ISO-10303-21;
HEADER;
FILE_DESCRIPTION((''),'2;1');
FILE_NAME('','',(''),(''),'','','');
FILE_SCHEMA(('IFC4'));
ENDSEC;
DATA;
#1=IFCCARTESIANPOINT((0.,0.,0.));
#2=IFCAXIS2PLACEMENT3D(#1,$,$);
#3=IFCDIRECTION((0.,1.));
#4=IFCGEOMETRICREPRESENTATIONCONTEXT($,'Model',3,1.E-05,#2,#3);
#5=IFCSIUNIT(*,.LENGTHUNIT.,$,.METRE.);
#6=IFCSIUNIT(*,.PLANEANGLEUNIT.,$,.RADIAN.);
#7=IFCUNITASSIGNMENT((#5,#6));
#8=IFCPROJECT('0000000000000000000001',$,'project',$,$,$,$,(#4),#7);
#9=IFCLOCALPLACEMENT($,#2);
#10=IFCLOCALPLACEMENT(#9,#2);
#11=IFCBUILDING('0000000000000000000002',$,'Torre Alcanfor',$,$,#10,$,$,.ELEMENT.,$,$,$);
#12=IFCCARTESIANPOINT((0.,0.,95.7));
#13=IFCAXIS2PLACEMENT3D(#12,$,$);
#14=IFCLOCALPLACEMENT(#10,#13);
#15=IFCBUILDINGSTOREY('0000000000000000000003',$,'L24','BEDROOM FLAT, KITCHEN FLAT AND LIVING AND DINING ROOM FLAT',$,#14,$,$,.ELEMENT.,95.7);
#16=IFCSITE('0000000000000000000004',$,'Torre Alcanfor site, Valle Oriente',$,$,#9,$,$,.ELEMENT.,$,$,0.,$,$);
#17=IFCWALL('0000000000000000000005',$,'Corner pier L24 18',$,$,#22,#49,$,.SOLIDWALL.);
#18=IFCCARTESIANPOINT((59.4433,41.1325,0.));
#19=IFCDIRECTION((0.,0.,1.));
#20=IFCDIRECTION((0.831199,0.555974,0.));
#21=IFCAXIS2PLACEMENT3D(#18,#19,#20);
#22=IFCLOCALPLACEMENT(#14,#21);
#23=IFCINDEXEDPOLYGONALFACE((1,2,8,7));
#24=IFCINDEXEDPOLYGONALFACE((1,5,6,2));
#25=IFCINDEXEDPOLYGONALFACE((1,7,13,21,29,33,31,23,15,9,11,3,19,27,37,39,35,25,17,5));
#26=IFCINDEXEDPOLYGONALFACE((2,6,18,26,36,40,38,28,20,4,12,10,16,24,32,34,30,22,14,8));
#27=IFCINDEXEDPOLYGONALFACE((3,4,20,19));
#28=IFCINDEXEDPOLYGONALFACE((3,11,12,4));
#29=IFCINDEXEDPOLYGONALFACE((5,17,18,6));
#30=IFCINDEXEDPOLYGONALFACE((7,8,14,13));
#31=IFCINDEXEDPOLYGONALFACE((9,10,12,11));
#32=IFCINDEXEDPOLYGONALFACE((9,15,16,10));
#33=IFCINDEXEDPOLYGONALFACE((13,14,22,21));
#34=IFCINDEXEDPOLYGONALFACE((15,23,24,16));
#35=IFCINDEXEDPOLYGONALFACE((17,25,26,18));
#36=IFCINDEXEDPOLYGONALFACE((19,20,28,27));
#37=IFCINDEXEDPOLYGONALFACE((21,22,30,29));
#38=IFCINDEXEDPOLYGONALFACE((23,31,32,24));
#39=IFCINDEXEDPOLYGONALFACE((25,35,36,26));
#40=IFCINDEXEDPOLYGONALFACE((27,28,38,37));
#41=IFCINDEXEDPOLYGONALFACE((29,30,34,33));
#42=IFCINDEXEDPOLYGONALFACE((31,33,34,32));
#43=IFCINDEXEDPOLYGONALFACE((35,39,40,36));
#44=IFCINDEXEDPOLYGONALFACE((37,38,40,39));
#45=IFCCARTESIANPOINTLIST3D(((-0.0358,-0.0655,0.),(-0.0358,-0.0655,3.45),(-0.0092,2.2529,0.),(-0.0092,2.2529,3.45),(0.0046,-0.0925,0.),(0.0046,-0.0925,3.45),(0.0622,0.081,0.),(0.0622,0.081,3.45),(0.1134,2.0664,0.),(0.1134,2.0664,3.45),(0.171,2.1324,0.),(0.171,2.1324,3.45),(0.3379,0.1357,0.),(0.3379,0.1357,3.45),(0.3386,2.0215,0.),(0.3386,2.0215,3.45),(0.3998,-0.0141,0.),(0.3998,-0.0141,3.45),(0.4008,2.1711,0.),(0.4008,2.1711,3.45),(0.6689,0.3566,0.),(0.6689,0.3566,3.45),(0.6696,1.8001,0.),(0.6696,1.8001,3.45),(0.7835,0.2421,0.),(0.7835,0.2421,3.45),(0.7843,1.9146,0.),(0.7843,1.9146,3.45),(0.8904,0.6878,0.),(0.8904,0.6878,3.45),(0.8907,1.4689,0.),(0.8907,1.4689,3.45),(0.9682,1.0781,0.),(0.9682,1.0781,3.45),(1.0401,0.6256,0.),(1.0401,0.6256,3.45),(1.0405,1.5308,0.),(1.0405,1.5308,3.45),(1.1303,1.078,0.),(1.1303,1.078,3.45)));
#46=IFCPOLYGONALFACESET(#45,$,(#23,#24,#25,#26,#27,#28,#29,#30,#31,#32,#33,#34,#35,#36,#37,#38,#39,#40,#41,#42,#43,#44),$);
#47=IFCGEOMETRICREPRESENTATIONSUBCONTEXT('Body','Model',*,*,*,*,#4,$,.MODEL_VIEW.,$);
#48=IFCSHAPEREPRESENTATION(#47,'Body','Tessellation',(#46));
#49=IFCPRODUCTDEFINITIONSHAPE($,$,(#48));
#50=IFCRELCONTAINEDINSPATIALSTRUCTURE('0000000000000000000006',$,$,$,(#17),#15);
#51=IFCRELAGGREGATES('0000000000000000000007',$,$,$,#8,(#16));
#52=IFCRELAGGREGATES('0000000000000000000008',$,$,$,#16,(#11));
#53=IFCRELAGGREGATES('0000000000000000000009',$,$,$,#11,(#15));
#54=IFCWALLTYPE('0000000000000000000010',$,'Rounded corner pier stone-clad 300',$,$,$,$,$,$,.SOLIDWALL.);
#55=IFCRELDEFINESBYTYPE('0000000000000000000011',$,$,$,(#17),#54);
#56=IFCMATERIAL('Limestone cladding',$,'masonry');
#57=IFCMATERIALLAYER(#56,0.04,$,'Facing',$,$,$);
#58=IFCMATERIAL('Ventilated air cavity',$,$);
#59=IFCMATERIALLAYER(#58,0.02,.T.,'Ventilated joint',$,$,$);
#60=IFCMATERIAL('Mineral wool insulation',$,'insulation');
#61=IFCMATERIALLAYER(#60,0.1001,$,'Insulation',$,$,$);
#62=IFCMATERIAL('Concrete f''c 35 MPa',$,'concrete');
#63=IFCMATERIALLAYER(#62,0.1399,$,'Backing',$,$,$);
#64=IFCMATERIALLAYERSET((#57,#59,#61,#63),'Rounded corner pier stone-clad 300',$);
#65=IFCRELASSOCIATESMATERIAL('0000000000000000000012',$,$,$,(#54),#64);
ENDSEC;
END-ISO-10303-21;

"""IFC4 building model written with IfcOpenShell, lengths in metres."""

from ifc_helpers import new_model, si_unit, direction, frame, origin, place, context, subcontext, project, spatial, polyline, outline, extrude, material, layer, layer_set, type_object, element, save


model = new_model("IFC4")

# Units and contexts
model_context = context("Model", 3, precision=1e-05, world=origin(), true_north=direction((0.0, 1.0)))
body_context = subcontext(model_context, "Body", "Model", "MODEL_VIEW")
ifc_project = project(units=[si_unit("LENGTHUNIT", "METRE"), si_unit("PLANEANGLEUNIT", "RADIAN")], contexts=[model_context])

# Site, building, storey
site_placement = place(None, origin())
site = spatial("IfcSite", under=ifc_project, at=site_placement, Name="Torre Alcanfor site, Valle Oriente", CompositionType="ELEMENT", RefElevation=0.0)
building_placement = place(site_placement, origin())
building = spatial("IfcBuilding", under=site, at=building_placement, Name="Torre Alcanfor", CompositionType="ELEMENT")
storey_placement = place(building_placement, frame((0.0, 0.0, 95.7)))
storey = spatial("IfcBuildingStorey", under=building, at=storey_placement, Name="L24", Description="BEDROOM FLAT, KITCHEN FLAT AND LIVING AND DINING ROOM FLAT", CompositionType="ELEMENT", Elevation=95.7)

# Wall
ifc_material_1 = material(Name="Limestone cladding", Category="masonry")
ifc_layer_1 = layer(ifc_material_1, 0.04, Name="Facing")
ifc_material_2 = material(Name="Ventilated air cavity")
ifc_layer_2 = layer(ifc_material_2, 0.02, ventilated=True, Name="Ventilated joint")
ifc_material_3 = material(Name="Mineral wool insulation", Category="insulation")
ifc_layer_3 = layer(ifc_material_3, 0.1001, Name="Insulation")
ifc_material_4 = material(Name="Concrete f'c 35 MPa", Category="concrete")
ifc_layer_4 = layer(ifc_material_4, 0.1399, Name="Backing")
ifc_layer_set_1 = layer_set([ifc_layer_1, ifc_layer_2, ifc_layer_3, ifc_layer_4], Name="Rounded corner pier stone-clad 300")
wall_type_1 = type_object("IfcWallType", Name="Rounded corner pier stone-clad 300", PredefinedType="SOLIDWALL", material=ifc_layer_set_1)
wall_1_placement = place(storey_placement, frame((59.4433, 41.1325, 0.0), z_axis=(0.0, 0.0, 1.0), x_axis=(0.831199, 0.555974, 0.0)))
element("IfcWall", 1, at=wall_1_placement, inside=storey, type_object=wall_type_1, Name="Corner pier L24 18", PredefinedType="SOLIDWALL", context=body_context, shape_type="SweptSolid", body=[
    extrude(outline(polyline([(0.7835, 0.2421), (1.0401, 0.6256), (1.1303, 1.078), (1.0405, 1.5308), (0.7843, 1.9146), (0.4008, 2.1711), (-0.0092, 2.2529), (0.171, 2.1324), (0.1134, 2.0664), (0.3386, 2.0215), (0.6696, 1.8001), (0.8907, 1.4689), (0.9682, 1.0781), (0.8904, 0.6878), (0.6689, 0.3566), (0.3379, 0.1357), (0.0622, 0.081), (-0.0358, -0.0655), (0.0046, -0.0925), (0.3998, -0.0141), (0.7835, 0.2421)])), origin(), (0.0, 0.0, 1.0), 3.45),
])

save(model, "model.ifc")
